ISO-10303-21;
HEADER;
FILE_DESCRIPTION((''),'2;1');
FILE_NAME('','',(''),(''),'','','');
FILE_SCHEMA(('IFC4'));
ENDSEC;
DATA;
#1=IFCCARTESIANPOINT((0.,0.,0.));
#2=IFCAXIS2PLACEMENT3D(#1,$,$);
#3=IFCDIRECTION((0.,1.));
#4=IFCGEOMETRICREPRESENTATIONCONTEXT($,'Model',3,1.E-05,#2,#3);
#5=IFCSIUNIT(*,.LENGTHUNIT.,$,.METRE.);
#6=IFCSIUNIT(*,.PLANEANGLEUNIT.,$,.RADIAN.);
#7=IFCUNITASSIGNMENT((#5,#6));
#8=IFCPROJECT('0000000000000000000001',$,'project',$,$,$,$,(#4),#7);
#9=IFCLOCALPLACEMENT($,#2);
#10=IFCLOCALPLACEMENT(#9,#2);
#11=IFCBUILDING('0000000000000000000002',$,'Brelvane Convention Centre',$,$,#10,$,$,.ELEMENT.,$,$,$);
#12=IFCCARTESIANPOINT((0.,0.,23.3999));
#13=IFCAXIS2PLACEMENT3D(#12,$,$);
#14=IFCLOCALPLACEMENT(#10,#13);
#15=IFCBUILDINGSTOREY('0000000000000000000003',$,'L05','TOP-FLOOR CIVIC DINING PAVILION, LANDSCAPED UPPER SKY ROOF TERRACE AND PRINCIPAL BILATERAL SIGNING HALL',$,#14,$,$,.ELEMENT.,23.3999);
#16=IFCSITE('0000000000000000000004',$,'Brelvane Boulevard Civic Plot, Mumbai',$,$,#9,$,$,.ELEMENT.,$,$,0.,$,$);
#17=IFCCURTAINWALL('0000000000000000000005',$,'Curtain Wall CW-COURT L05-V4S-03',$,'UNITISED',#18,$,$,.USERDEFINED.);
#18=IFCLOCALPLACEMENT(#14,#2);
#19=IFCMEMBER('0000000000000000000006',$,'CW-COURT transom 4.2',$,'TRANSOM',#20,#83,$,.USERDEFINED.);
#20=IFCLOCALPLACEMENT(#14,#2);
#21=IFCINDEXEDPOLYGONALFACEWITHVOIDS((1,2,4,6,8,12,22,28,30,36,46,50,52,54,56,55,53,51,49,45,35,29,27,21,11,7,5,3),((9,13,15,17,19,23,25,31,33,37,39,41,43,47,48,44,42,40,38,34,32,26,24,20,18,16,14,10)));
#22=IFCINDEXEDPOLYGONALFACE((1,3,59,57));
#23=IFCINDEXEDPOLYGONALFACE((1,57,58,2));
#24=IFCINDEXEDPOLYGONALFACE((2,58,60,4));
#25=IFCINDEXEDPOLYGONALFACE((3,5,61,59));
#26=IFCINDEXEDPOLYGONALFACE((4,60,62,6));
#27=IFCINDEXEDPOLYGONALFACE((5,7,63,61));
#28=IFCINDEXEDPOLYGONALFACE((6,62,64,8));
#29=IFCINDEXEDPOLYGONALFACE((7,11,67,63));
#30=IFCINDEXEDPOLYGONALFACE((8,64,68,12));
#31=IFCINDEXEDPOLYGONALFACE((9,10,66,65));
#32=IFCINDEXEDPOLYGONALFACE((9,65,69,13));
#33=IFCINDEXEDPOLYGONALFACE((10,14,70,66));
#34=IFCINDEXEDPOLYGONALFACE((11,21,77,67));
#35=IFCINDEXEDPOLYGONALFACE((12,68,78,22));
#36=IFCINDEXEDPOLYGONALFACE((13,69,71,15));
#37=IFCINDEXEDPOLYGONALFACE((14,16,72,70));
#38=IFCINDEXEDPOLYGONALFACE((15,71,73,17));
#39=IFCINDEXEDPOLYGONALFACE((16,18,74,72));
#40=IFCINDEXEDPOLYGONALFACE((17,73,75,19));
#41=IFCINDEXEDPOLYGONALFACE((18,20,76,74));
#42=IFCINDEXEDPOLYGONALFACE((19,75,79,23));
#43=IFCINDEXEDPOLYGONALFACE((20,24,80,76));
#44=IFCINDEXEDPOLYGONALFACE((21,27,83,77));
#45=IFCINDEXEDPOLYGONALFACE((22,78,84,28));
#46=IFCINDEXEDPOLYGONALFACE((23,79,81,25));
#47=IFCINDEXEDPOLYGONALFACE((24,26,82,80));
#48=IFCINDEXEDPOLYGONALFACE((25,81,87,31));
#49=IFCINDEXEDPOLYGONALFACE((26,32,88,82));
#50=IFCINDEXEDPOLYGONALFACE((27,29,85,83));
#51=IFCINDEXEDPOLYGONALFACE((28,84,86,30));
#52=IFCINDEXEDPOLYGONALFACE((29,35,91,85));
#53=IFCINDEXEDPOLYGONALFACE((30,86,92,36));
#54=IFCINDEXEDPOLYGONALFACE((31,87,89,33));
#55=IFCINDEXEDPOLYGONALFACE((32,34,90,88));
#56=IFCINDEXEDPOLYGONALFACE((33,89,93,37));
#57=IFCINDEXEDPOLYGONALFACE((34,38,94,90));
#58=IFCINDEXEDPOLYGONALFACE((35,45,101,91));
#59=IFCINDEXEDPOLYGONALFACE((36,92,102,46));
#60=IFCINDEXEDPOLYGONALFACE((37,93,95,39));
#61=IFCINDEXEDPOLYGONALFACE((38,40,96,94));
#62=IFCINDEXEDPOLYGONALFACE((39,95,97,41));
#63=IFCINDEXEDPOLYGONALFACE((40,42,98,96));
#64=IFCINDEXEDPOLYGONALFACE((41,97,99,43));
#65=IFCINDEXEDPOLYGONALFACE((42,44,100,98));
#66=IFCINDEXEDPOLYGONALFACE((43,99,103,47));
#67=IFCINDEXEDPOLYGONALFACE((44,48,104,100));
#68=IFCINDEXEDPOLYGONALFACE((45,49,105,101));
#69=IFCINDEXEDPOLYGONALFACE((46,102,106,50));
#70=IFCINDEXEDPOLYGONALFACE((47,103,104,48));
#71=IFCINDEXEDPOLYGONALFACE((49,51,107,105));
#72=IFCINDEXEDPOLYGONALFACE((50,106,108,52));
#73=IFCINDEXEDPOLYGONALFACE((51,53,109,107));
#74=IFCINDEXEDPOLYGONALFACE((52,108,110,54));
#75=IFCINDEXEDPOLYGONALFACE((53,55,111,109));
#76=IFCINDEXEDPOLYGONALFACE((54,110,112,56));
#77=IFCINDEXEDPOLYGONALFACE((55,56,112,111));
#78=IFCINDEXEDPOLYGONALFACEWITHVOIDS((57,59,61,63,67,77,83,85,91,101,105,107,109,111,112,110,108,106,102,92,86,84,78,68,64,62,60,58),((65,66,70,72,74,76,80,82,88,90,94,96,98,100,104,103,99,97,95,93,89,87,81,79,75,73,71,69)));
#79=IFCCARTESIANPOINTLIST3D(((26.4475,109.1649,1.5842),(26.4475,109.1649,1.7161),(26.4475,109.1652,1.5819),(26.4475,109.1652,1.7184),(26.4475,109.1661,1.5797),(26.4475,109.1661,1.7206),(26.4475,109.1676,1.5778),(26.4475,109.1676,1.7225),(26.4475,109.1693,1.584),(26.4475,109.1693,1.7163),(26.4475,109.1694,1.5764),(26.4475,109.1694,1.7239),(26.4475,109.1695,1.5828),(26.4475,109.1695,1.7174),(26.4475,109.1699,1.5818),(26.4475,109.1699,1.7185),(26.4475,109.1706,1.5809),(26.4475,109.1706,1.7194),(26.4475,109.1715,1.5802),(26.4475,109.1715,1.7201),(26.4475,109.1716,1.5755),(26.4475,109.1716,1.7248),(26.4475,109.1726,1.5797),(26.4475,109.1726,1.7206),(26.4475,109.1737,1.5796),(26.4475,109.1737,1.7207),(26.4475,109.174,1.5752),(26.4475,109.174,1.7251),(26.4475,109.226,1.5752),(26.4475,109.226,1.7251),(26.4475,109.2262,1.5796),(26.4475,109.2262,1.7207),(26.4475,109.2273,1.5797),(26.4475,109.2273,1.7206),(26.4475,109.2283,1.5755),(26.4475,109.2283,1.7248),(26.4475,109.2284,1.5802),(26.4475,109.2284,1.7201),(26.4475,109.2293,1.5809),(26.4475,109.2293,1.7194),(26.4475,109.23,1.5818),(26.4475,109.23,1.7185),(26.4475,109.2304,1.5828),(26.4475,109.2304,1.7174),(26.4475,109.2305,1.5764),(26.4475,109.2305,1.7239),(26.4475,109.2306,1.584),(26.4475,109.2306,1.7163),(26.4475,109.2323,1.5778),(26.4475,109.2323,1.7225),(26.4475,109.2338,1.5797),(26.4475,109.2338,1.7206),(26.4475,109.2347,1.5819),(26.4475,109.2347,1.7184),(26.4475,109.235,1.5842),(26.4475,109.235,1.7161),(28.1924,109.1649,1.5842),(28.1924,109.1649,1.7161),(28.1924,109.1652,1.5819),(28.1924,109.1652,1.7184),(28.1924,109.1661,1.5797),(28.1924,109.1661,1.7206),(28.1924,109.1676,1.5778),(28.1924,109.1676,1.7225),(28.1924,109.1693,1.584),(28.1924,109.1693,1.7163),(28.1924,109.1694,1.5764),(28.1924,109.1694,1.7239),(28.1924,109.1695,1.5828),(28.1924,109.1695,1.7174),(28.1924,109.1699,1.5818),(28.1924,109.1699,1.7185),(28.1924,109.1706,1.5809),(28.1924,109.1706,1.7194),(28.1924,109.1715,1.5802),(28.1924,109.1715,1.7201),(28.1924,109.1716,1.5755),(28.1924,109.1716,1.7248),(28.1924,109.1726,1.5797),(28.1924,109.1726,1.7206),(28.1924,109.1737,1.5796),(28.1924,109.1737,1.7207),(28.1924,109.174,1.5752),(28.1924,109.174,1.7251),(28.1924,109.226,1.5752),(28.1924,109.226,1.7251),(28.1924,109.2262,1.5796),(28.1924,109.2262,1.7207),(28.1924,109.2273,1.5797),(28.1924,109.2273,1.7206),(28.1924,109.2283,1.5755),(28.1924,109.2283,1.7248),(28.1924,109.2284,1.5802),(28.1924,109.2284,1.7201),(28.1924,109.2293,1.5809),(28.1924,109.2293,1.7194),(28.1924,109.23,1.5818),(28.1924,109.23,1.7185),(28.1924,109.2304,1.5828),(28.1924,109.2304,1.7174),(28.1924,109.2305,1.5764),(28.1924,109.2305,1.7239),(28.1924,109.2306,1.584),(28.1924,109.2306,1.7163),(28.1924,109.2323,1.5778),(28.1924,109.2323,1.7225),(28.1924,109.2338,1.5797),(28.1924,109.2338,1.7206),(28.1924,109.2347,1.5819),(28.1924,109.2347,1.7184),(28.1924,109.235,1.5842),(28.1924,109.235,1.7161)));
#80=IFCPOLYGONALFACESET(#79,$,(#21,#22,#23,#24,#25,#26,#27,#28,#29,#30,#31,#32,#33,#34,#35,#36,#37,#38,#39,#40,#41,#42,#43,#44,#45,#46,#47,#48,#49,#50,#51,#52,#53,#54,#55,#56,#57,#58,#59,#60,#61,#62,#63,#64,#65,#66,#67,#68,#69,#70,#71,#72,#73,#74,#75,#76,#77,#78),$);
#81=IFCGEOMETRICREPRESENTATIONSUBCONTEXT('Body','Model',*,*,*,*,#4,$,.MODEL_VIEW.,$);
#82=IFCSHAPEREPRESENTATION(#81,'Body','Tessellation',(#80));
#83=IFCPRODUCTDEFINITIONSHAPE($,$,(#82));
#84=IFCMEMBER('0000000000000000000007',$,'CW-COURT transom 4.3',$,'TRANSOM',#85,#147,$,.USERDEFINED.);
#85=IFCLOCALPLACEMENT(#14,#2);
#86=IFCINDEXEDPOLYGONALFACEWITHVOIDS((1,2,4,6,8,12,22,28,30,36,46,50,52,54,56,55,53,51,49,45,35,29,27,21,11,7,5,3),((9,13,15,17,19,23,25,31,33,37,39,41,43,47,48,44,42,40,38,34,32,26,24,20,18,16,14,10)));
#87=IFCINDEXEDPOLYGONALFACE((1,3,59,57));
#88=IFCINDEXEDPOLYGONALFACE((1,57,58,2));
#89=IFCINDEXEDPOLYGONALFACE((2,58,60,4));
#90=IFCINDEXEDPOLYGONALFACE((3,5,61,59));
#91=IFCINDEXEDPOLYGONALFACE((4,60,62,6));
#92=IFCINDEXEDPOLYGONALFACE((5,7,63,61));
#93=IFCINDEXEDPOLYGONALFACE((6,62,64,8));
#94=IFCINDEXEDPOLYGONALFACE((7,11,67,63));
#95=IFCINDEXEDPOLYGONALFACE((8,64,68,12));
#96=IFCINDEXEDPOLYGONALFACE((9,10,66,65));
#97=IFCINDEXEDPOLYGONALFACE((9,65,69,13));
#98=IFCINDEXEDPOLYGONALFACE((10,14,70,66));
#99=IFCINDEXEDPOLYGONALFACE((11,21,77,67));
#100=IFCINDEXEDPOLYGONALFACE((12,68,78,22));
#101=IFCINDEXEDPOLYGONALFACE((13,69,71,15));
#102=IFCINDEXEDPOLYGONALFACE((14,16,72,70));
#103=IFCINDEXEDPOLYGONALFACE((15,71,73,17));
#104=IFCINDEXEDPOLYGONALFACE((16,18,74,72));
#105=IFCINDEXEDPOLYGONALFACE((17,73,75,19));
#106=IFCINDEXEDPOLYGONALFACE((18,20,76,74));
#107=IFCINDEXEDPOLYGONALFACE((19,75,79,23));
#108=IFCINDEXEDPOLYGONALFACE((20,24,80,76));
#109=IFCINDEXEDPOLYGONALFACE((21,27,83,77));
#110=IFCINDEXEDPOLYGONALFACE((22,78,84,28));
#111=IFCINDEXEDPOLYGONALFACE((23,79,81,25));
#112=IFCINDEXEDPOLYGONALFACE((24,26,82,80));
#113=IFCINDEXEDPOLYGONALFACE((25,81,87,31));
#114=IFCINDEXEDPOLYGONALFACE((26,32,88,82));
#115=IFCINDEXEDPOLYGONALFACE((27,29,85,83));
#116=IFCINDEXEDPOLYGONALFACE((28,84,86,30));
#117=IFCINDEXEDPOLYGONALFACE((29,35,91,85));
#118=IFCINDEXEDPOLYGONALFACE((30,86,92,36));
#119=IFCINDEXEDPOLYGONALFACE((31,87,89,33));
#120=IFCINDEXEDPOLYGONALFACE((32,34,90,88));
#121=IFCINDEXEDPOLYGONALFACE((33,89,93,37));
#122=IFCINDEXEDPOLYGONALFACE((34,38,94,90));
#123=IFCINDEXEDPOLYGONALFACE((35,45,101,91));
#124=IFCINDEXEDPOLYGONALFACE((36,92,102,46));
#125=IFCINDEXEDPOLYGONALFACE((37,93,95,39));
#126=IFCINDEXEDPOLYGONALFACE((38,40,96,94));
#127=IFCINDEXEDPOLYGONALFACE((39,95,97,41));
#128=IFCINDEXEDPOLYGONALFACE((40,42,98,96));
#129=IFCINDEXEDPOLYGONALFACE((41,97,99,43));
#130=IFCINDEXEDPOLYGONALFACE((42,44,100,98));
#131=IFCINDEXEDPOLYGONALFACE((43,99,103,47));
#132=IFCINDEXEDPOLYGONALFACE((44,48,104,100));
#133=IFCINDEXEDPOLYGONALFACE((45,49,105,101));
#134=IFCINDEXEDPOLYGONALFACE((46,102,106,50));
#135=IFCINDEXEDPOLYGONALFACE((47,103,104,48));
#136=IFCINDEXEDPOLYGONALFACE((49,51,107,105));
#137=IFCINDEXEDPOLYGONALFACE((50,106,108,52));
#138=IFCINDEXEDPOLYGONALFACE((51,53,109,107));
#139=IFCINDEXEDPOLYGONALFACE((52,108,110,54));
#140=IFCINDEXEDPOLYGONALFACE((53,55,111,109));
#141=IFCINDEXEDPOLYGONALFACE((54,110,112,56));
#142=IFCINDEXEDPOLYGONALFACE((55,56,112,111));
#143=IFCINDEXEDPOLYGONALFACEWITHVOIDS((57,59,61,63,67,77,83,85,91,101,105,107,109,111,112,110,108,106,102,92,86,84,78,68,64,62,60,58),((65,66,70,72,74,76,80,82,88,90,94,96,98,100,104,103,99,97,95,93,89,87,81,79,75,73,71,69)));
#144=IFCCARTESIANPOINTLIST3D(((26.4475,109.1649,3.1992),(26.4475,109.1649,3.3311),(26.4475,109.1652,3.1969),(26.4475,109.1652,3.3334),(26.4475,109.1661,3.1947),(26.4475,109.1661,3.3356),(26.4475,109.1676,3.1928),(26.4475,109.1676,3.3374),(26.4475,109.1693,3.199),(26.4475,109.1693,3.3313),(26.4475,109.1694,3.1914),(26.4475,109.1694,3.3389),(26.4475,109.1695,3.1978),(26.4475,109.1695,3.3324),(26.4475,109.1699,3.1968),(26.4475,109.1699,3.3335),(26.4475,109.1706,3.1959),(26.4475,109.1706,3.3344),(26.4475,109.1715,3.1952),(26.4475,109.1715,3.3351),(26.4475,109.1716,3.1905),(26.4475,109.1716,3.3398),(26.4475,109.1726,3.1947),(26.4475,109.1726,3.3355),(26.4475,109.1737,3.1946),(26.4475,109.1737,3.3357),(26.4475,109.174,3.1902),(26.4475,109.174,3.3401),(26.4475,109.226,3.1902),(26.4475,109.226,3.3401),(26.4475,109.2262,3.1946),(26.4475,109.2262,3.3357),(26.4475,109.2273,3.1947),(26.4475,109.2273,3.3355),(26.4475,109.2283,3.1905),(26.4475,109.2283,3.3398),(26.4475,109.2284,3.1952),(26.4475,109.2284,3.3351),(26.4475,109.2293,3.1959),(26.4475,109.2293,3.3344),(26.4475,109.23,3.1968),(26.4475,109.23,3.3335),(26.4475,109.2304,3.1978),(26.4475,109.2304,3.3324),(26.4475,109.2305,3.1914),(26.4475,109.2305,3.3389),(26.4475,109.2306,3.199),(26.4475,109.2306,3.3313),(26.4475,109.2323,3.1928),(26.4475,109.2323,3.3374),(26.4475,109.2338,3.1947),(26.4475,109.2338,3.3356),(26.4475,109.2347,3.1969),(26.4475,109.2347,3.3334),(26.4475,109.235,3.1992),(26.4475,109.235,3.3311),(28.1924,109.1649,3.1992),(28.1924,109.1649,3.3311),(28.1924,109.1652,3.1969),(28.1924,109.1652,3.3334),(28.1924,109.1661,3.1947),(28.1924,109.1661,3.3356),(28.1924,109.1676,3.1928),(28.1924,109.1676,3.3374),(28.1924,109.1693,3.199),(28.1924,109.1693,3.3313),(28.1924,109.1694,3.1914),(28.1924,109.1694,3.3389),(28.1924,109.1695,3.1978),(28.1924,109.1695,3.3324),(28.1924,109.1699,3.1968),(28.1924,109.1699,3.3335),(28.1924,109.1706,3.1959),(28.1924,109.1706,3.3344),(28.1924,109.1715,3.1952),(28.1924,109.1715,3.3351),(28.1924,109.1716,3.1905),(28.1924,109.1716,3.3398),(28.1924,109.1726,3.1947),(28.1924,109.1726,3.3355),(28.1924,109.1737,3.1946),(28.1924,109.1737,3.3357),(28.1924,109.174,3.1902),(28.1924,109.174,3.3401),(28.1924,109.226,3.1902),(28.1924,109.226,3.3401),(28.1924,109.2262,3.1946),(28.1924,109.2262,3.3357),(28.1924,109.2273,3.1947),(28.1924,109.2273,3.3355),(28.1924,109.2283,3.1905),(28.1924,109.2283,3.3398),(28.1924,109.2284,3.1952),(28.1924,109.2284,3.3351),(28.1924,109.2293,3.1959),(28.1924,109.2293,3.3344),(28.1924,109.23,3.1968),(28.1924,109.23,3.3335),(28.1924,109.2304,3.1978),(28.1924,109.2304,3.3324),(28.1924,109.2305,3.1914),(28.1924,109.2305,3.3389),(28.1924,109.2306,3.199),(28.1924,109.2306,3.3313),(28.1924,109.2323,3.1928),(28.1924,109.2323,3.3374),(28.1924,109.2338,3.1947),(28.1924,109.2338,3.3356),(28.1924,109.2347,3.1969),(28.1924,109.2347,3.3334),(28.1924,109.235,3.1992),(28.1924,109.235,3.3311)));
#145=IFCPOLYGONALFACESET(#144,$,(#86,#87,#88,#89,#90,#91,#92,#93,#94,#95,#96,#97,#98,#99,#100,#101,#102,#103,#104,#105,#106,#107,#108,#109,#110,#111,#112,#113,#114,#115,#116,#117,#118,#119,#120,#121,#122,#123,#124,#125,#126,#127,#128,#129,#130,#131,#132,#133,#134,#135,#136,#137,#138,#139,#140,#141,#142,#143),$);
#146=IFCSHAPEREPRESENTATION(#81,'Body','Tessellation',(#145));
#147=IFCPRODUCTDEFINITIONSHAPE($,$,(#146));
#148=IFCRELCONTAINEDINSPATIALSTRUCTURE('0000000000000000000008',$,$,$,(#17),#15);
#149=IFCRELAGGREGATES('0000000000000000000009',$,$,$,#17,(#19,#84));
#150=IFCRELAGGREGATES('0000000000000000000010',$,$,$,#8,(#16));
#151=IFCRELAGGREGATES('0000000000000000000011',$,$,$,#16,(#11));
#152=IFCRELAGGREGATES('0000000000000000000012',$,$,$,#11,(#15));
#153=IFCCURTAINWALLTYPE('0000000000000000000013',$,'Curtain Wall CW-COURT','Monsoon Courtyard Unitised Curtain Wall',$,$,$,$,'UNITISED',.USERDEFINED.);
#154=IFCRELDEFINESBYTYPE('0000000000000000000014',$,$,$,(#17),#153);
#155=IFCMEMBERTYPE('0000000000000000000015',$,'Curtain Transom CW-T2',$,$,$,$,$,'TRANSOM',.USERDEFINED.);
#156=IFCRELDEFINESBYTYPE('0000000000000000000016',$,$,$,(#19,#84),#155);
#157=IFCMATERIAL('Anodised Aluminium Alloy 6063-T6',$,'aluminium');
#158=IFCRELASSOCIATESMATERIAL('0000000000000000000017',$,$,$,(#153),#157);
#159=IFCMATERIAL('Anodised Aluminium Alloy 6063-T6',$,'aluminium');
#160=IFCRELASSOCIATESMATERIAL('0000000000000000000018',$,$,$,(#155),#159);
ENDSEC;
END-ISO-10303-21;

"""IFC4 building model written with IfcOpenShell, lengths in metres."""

from ifc_helpers import new_model, si_unit, direction, frame, origin, origin_2d, place, context, subcontext, project, spatial, hollow_rectangle, extrude, material, material_profile, profile_set, type_object, element, aggregate, save


model = new_model("IFC4")

# Units and contexts
model_context = context("Model", 3, precision=1e-05, world=origin(), true_north=direction((0.0, 1.0)))
body_context = subcontext(model_context, "Body", "Model", "MODEL_VIEW")
ifc_project = project(units=[si_unit("LENGTHUNIT", "METRE"), si_unit("PLANEANGLEUNIT", "RADIAN")], contexts=[model_context])

# Site, building, storey
site_placement = place(None, origin())
site = spatial("IfcSite", under=ifc_project, at=site_placement, Name="Brelvane Boulevard Civic Plot, Mumbai", CompositionType="ELEMENT", RefElevation=0.0)
building_placement = place(site_placement, origin())
building = spatial("IfcBuilding", under=site, at=building_placement, Name="Brelvane Convention Centre", CompositionType="ELEMENT")
storey_placement = place(building_placement, frame((0.0, 0.0, 23.3999)))
storey = spatial("IfcBuildingStorey", under=building, at=storey_placement, Name="L05", Description="TOP-FLOOR CIVIC DINING PAVILION, LANDSCAPED UPPER SKY ROOF TERRACE AND PRINCIPAL BILATERAL SIGNING HALL", CompositionType="ELEMENT", Elevation=23.3999)

# Curtain wall, members
ifc_material_1 = material(Name="Anodised Aluminium Alloy 6063-T6", Category="aluminium")
curtain_wall_type = type_object("IfcCurtainWallType", Name="Curtain Wall CW-COURT", Description="Monsoon Courtyard Unitised Curtain Wall", ElementType="UNITISED", PredefinedType="USERDEFINED", material=ifc_material_1)
curtain_wall_placement = place(storey_placement, origin())
curtain_wall = element("IfcCurtainWall", 1, at=curtain_wall_placement, inside=storey, type_object=curtain_wall_type, Name="Curtain Wall CW-COURT L05-V4S-03", ObjectType="UNITISED", PredefinedType="USERDEFINED")
ifc_material_2 = material(Name="Anodised Aluminium Alloy 6063-T6", Category="aluminium")
ifc_material_profile_1 = material_profile(ifc_material_2, hollow_rectangle(XDim=0.0701, YDim=0.1499, WallThickness=0.0044, InnerFilletRadius=0.0044, OuterFilletRadius=0.009, at=origin_2d()), Name="ALU-T 150x70x4.5")
ifc_profile_set_1 = profile_set([ifc_material_profile_1], Name="Anodised Aluminium Alloy 6063-T6")
member_type_1 = type_object("IfcMemberType", Name="Curtain Transom CW-T2", ElementType="TRANSOM", PredefinedType="USERDEFINED", material=ifc_profile_set_1)
member_1_placement = place(storey_placement, frame((26.4475, 109.2, 1.6501), z_axis=(1.0, 0.0, 0.0), x_axis=(0.0, 1.0, 0.0)))
member_1 = element("IfcMember", 2, at=member_1_placement, type_object=member_type_1, Name="CW-COURT transom 4.2", ObjectType="TRANSOM", PredefinedType="USERDEFINED", context=body_context, shape_type="SweptSolid", body=[
    extrude(hollow_rectangle(XDim=0.0701, YDim=0.1499, WallThickness=0.0044, InnerFilletRadius=0.0044, OuterFilletRadius=0.009, at=origin_2d()), origin(), (0.0, 0.0, 1.0), 1.7449),
])
member_2_placement = place(storey_placement, frame((26.4475, 109.2, 3.2651), z_axis=(1.0, 0.0, 0.0), x_axis=(0.0, 1.0, 0.0)))
member_2 = element("IfcMember", 3, at=member_2_placement, type_object=member_type_1, Name="CW-COURT transom 4.3", ObjectType="TRANSOM", PredefinedType="USERDEFINED", context=body_context, shape_type="SweptSolid", body=[
    extrude(hollow_rectangle(XDim=0.0701, YDim=0.1499, WallThickness=0.0044, InnerFilletRadius=0.0044, OuterFilletRadius=0.009, at=origin_2d()), origin(), (0.0, 0.0, 1.0), 1.7449),
])

aggregate(curtain_wall, [member_1, member_2])

save(model, "model.ifc")
